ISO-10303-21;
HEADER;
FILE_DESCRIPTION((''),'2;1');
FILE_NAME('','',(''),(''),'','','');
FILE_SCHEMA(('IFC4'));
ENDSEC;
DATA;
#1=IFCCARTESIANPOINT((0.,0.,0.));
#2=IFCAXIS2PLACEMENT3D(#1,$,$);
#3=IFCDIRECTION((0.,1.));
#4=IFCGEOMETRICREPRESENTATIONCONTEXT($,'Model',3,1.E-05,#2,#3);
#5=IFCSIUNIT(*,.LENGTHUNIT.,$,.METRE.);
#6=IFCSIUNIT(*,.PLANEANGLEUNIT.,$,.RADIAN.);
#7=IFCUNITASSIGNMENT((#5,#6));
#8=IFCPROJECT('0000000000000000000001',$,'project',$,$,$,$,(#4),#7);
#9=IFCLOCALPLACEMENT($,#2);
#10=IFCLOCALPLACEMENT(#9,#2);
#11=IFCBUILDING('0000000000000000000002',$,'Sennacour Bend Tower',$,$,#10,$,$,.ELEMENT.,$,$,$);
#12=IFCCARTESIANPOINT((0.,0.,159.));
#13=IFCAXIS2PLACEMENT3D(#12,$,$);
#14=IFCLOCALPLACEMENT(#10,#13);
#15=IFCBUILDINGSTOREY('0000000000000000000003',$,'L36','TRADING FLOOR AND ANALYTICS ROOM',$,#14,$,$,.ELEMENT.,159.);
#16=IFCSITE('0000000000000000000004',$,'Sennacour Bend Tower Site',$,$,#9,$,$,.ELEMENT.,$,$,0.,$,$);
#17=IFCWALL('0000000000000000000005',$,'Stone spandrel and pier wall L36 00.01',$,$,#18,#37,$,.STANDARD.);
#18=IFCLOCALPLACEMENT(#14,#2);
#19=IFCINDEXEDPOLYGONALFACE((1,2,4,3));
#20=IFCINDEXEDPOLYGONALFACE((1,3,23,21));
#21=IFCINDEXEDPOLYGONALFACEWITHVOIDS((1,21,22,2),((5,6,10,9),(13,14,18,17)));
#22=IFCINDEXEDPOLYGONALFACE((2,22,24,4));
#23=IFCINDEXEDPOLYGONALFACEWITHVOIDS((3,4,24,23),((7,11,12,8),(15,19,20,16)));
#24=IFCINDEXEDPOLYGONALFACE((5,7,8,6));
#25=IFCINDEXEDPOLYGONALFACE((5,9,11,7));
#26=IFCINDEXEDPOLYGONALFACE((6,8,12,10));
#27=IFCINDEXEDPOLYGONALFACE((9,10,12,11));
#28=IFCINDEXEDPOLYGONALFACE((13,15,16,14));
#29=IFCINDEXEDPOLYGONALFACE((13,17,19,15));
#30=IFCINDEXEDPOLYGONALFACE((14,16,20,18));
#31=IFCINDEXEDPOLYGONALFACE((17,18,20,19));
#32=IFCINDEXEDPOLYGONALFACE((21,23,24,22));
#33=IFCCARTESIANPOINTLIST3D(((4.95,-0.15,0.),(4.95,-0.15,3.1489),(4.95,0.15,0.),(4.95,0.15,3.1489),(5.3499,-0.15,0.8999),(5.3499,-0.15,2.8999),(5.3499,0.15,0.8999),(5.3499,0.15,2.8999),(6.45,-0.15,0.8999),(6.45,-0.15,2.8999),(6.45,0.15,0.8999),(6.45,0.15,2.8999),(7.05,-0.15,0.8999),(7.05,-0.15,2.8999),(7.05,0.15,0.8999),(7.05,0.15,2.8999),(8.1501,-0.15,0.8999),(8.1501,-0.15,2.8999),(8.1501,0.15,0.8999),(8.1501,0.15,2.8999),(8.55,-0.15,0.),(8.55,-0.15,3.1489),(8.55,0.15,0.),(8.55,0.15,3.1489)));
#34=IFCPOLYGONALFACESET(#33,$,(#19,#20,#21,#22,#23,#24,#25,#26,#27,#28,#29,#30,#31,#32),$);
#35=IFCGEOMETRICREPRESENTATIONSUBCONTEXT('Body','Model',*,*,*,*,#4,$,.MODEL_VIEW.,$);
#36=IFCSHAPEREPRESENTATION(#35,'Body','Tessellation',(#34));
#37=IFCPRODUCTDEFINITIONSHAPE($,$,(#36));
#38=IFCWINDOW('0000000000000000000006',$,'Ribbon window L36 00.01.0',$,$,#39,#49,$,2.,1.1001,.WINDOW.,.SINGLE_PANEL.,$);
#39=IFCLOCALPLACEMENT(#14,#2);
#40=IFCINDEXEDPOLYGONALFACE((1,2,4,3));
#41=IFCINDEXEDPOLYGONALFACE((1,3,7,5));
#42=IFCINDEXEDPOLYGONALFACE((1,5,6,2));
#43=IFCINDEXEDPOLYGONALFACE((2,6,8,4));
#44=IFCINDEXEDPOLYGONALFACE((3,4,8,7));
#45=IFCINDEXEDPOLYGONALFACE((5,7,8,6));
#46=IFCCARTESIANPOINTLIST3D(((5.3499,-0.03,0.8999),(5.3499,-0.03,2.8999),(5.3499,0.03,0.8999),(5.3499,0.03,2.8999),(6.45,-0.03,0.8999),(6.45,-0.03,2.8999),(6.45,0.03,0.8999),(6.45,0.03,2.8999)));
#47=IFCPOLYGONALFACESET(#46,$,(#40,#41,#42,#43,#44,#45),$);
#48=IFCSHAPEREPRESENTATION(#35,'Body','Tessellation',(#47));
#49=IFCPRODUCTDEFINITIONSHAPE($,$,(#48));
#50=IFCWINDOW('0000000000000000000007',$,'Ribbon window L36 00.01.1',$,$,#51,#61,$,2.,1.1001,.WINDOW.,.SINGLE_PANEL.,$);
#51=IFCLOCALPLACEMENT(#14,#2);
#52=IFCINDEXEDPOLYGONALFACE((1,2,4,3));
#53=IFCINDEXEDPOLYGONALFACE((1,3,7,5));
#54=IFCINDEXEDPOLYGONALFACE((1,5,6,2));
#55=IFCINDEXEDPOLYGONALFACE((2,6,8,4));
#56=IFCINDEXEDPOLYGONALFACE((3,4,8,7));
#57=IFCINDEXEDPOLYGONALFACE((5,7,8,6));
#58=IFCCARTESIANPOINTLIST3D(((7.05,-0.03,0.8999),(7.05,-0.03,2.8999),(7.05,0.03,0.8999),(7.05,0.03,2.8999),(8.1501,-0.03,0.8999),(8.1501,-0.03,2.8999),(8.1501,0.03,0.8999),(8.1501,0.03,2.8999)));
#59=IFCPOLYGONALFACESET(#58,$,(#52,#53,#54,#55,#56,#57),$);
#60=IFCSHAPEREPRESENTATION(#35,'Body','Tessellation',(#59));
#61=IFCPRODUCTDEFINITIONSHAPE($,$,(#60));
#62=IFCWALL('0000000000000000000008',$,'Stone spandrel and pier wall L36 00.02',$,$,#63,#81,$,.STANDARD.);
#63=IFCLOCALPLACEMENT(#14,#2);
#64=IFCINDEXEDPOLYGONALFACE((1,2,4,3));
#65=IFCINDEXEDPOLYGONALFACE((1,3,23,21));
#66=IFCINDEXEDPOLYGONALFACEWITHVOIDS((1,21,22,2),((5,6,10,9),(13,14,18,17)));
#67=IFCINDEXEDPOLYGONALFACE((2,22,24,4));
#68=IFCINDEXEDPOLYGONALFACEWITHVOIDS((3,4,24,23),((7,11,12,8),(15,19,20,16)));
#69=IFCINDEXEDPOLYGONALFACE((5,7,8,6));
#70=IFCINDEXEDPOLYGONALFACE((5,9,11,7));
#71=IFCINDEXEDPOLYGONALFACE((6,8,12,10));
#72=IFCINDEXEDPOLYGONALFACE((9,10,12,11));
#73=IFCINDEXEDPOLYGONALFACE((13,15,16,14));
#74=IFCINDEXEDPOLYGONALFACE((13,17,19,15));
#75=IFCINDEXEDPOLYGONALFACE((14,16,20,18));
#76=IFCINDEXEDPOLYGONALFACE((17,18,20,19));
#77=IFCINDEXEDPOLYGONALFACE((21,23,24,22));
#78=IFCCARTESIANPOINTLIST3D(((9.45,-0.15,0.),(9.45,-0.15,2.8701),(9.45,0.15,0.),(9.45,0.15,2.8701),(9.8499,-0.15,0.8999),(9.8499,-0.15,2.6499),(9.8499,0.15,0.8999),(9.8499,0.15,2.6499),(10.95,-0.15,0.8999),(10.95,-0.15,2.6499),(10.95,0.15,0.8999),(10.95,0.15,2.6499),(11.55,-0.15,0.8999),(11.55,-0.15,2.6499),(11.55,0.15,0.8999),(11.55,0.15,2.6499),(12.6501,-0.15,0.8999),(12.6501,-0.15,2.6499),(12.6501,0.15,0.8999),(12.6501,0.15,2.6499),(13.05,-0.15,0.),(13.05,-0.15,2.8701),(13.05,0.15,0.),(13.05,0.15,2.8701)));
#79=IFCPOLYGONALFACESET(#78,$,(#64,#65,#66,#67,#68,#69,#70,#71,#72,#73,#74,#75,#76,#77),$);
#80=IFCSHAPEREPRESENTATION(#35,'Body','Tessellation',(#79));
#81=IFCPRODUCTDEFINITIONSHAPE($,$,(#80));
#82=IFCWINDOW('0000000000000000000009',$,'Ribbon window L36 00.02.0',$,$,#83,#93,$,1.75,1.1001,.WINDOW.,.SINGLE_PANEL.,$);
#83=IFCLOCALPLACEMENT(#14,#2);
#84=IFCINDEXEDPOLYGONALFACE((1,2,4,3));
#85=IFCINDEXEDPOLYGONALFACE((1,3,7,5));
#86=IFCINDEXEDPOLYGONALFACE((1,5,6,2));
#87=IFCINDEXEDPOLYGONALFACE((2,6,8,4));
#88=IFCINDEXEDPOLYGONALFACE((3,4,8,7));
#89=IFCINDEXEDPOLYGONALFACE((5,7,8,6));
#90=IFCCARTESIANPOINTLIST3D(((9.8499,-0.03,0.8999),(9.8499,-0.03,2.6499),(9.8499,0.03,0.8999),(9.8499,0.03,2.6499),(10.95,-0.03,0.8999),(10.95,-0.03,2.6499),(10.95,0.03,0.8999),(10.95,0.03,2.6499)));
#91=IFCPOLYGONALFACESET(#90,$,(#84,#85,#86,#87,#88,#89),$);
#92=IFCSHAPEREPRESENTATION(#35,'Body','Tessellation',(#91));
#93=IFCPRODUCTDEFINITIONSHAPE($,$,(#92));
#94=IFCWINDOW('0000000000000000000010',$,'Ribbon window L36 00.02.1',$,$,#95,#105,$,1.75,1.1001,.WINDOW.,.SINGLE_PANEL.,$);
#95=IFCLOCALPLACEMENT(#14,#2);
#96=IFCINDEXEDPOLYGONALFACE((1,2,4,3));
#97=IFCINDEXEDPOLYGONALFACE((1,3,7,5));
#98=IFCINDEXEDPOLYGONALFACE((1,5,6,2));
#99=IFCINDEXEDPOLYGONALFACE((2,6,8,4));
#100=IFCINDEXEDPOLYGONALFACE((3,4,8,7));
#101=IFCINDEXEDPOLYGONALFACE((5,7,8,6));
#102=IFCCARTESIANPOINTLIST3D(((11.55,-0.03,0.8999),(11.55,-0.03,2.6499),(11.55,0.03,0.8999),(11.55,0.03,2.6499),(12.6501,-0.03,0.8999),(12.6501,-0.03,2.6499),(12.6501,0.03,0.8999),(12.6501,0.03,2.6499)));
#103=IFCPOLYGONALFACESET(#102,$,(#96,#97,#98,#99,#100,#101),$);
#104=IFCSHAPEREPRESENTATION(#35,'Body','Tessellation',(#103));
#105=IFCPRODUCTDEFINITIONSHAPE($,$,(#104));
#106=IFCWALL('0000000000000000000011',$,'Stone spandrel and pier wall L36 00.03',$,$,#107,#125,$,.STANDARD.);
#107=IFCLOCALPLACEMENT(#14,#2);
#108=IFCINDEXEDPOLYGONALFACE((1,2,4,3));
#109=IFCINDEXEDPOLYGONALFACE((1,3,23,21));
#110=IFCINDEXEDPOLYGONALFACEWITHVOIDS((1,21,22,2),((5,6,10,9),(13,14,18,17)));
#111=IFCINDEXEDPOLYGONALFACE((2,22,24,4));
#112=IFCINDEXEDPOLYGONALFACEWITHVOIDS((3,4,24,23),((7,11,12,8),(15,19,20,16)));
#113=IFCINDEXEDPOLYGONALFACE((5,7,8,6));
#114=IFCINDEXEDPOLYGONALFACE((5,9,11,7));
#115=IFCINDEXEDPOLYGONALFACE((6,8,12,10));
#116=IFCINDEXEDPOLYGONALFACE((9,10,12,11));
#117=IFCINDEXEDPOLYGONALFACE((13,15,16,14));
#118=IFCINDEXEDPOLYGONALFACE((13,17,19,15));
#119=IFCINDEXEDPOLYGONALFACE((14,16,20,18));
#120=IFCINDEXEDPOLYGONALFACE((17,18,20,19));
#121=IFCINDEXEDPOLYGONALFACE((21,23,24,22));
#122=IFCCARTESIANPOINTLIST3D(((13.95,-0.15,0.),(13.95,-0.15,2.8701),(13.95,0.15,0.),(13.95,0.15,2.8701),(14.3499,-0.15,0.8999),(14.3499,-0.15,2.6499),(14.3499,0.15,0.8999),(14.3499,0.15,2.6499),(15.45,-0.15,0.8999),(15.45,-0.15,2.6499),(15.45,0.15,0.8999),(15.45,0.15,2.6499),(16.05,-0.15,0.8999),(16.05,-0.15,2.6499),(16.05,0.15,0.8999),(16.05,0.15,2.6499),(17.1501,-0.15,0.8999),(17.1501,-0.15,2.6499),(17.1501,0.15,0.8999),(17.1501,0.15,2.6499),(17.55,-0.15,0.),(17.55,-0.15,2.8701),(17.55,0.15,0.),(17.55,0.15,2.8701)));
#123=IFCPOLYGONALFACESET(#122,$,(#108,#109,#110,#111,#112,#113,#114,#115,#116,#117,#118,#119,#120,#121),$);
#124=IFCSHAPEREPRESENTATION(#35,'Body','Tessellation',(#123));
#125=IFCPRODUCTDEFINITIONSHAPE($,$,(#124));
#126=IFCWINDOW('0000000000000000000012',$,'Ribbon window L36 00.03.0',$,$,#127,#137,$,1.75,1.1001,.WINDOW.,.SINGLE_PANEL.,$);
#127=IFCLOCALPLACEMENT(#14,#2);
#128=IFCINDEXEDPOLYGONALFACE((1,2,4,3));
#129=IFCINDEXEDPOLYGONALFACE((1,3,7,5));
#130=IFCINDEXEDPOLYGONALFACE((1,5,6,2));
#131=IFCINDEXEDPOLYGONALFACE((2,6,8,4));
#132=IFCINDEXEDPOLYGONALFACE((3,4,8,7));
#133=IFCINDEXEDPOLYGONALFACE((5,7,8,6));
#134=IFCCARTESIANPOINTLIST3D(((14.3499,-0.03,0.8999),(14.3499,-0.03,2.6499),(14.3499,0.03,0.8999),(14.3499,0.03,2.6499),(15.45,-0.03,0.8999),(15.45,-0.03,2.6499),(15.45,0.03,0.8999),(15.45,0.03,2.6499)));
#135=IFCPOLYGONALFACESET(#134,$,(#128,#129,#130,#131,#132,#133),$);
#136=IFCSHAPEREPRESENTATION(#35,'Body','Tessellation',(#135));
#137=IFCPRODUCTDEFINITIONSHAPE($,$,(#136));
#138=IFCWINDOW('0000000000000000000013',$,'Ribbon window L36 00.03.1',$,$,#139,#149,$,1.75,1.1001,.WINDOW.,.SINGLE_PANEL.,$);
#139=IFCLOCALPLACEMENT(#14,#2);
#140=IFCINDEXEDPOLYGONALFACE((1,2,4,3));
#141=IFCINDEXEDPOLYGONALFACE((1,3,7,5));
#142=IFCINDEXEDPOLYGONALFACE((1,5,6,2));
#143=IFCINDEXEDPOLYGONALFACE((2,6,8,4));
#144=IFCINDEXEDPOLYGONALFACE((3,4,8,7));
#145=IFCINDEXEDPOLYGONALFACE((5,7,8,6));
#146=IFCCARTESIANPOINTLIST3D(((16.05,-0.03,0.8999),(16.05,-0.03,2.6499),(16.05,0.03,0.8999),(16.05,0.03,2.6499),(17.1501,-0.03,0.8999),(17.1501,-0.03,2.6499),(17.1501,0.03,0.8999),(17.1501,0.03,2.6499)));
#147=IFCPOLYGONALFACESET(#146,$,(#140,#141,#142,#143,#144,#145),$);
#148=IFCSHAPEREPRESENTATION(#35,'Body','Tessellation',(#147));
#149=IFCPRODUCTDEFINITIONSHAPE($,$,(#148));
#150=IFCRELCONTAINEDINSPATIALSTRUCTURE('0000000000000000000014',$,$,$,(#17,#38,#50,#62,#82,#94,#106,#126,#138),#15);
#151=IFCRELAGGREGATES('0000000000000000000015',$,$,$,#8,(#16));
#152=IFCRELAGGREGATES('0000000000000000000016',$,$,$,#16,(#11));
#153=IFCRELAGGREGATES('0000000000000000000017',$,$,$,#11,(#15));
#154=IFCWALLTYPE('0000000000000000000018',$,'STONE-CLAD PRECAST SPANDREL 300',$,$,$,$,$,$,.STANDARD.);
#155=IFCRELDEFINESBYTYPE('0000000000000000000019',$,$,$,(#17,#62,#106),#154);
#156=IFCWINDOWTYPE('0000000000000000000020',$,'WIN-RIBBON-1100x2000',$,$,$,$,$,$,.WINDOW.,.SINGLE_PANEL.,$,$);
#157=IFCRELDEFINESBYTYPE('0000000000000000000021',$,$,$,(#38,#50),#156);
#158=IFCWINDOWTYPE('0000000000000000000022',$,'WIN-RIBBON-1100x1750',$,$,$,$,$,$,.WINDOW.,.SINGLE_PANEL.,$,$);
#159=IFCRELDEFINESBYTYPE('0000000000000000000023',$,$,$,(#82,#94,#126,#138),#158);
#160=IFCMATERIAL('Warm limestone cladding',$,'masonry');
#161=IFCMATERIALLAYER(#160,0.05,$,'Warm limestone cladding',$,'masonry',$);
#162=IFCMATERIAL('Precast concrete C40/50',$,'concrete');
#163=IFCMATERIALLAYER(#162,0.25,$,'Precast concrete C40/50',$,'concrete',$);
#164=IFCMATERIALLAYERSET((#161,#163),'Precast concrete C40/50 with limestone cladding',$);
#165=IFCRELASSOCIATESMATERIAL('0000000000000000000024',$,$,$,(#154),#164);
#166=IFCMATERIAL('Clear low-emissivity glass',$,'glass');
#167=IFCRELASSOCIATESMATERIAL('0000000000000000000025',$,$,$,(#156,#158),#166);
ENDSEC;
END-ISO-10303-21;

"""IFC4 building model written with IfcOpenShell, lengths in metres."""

from ifc_helpers import new_model, si_unit, direction, frame, frame_2d, origin, place, context, subcontext, project, spatial, rectangle, extrude, material, layer, layer_set, type_object, element, fill, save


model = new_model("IFC4")

# Units and contexts
model_context = context("Model", 3, precision=1e-05, world=origin(), true_north=direction((0.0, 1.0)))
body_context = subcontext(model_context, "Body", "Model", "MODEL_VIEW")
ifc_project = project(units=[si_unit("LENGTHUNIT", "METRE"), si_unit("PLANEANGLEUNIT", "RADIAN")], contexts=[model_context])

# Site, building, storey
site_placement = place(None, origin())
site = spatial("IfcSite", under=ifc_project, at=site_placement, Name="Sennacour Bend Tower Site", CompositionType="ELEMENT", RefElevation=0.0)
building_placement = place(site_placement, origin())
building = spatial("IfcBuilding", under=site, at=building_placement, Name="Sennacour Bend Tower", CompositionType="ELEMENT")
storey_placement = place(building_placement, frame((0.0, 0.0, 159.0)))
storey = spatial("IfcBuildingStorey", under=building, at=storey_placement, Name="L36", Description="TRADING FLOOR AND ANALYTICS ROOM", CompositionType="ELEMENT", Elevation=159.0)

# Walls, openings, windows
ifc_material_1 = material(Name="Warm limestone cladding", Category="masonry")
ifc_layer_1 = layer(ifc_material_1, 0.05, Name="Warm limestone cladding", Category="masonry")
ifc_material_2 = material(Name="Precast concrete C40/50", Category="concrete")
ifc_layer_2 = layer(ifc_material_2, 0.25, Name="Precast concrete C40/50", Category="concrete")
ifc_layer_set_1 = layer_set([ifc_layer_1, ifc_layer_2], Name="Precast concrete C40/50 with limestone cladding")
wall_type_1 = type_object("IfcWallType", Name="STONE-CLAD PRECAST SPANDREL 300", PredefinedType="STANDARD", material=ifc_layer_set_1)
wall_1_placement = place(storey_placement, frame((4.95, 0.0, 0.0), z_axis=(0.0, 0.0, 1.0), x_axis=(1.0, 0.0, 0.0)))
wall_1 = element("IfcWall", 1, at=wall_1_placement, inside=storey, type_object=wall_type_1, Name="Stone spandrel and pier wall L36 00.01", PredefinedType="STANDARD", context=body_context, shape_type="SweptSolid", body=[
    extrude(rectangle(XDim=3.6001, YDim=0.3, at=frame_2d((1.8, 0.0))), origin(), (0.0, 0.0, 1.0), 3.1489),
])
opening_1_placement = place(wall_1_placement, frame((0.3999, 0.0, 0.8999)))
opening_1 = element("IfcOpeningElement", 2, at=opening_1_placement, cuts=wall_1, PredefinedType="OPENING", context=body_context, shape_type="SweptSolid", body=[
    extrude(rectangle(XDim=1.1001, YDim=2.0, at=frame_2d((0.55, 1.0))), frame((0.0, 0.1602, 0.0), z_axis=(0.0, -1.0, 0.0), x_axis=(1.0, 0.0, 0.0)), (0.0, 0.0, 1.0), 0.3201),
])
opening_2_placement = place(wall_1_placement, frame((2.1001, 0.0, 0.8999)))
opening_2 = element("IfcOpeningElement", 3, at=opening_2_placement, cuts=wall_1, PredefinedType="OPENING", context=body_context, shape_type="SweptSolid", body=[
    extrude(rectangle(XDim=1.1001, YDim=2.0, at=frame_2d((0.55, 1.0))), frame((0.0, 0.1602, 0.0), z_axis=(0.0, -1.0, 0.0), x_axis=(1.0, 0.0, 0.0)), (0.0, 0.0, 1.0), 0.3201),
])
ifc_material_3 = material(Name="Clear low-emissivity glass", Category="glass")
window_type_1 = type_object("IfcWindowType", Name="WIN-RIBBON-1100x2000", PartitioningType="SINGLE_PANEL", PredefinedType="WINDOW", material=ifc_material_3)
window_1_placement = place(opening_1_placement, origin())
window_1 = element("IfcWindow", 4, at=window_1_placement, inside=storey, type_object=window_type_1, Name="Ribbon window L36 00.01.0", OverallHeight=2.0, OverallWidth=1.1001, PartitioningType="SINGLE_PANEL", PredefinedType="WINDOW", context=body_context, shape_type="SweptSolid", body=[
    extrude(rectangle(XDim=1.1001, YDim=2.0, at=frame_2d((0.55, 1.0))), frame((0.0, 0.03, 0.0), z_axis=(0.0, -1.0, 0.0), x_axis=(1.0, 0.0, 0.0)), (0.0, 0.0, 1.0), 0.0601),
])
fill(opening_1, window_1)
window_2_placement = place(opening_2_placement, origin())
window_2 = element("IfcWindow", 5, at=window_2_placement, inside=storey, type_object=window_type_1, Name="Ribbon window L36 00.01.1", OverallHeight=2.0, OverallWidth=1.1001, PartitioningType="SINGLE_PANEL", PredefinedType="WINDOW", context=body_context, shape_type="SweptSolid", body=[
    extrude(rectangle(XDim=1.1001, YDim=2.0, at=frame_2d((0.55, 1.0))), frame((0.0, 0.03, 0.0), z_axis=(0.0, -1.0, 0.0), x_axis=(1.0, 0.0, 0.0)), (0.0, 0.0, 1.0), 0.0601),
])
fill(opening_2, window_2)
wall_2_placement = place(storey_placement, frame((9.45, 0.0, 0.0), z_axis=(0.0, 0.0, 1.0), x_axis=(1.0, 0.0, 0.0)))
wall_2 = element("IfcWall", 6, at=wall_2_placement, inside=storey, type_object=wall_type_1, Name="Stone spandrel and pier wall L36 00.02", PredefinedType="STANDARD", context=body_context, shape_type="SweptSolid", body=[
    extrude(rectangle(XDim=3.6001, YDim=0.3, at=frame_2d((1.8, 0.0))), origin(), (0.0, 0.0, 1.0), 2.8701),
])
opening_3_placement = place(wall_2_placement, frame((0.3999, 0.0, 0.8999)))
opening_3 = element("IfcOpeningElement", 7, at=opening_3_placement, cuts=wall_2, PredefinedType="OPENING", context=body_context, shape_type="SweptSolid", body=[
    extrude(rectangle(XDim=1.1001, YDim=1.75, at=frame_2d((0.55, 0.875))), frame((0.0, 0.1602, 0.0), z_axis=(0.0, -1.0, 0.0), x_axis=(1.0, 0.0, 0.0)), (0.0, 0.0, 1.0), 0.3201),
])
opening_4_placement = place(wall_2_placement, frame((2.1001, 0.0, 0.8999)))
opening_4 = element("IfcOpeningElement", 8, at=opening_4_placement, cuts=wall_2, PredefinedType="OPENING", context=body_context, shape_type="SweptSolid", body=[
    extrude(rectangle(XDim=1.1001, YDim=1.75, at=frame_2d((0.55, 0.875))), frame((0.0, 0.1602, 0.0), z_axis=(0.0, -1.0, 0.0), x_axis=(1.0, 0.0, 0.0)), (0.0, 0.0, 1.0), 0.3201),
])
window_type_2 = type_object("IfcWindowType", Name="WIN-RIBBON-1100x1750", PartitioningType="SINGLE_PANEL", PredefinedType="WINDOW", material=ifc_material_3)
window_3_placement = place(opening_3_placement, origin())
window_3 = element("IfcWindow", 9, at=window_3_placement, inside=storey, type_object=window_type_2, Name="Ribbon window L36 00.02.0", OverallHeight=1.75, OverallWidth=1.1001, PartitioningType="SINGLE_PANEL", PredefinedType="WINDOW", context=body_context, shape_type="SweptSolid", body=[
    extrude(rectangle(XDim=1.1001, YDim=1.75, at=frame_2d((0.55, 0.875))), frame((0.0, 0.03, 0.0), z_axis=(0.0, -1.0, 0.0), x_axis=(1.0, 0.0, 0.0)), (0.0, 0.0, 1.0), 0.0601),
])
fill(opening_3, window_3)
window_4_placement = place(opening_4_placement, origin())
window_4 = element("IfcWindow", 10, at=window_4_placement, inside=storey, type_object=window_type_2, Name="Ribbon window L36 00.02.1", OverallHeight=1.75, OverallWidth=1.1001, PartitioningType="SINGLE_PANEL", PredefinedType="WINDOW", context=body_context, shape_type="SweptSolid", body=[
    extrude(rectangle(XDim=1.1001, YDim=1.75, at=frame_2d((0.55, 0.875))), frame((0.0, 0.03, 0.0), z_axis=(0.0, -1.0, 0.0), x_axis=(1.0, 0.0, 0.0)), (0.0, 0.0, 1.0), 0.0601),
])
fill(opening_4, window_4)
wall_3_placement = place(storey_placement, frame((13.95, 0.0, 0.0), z_axis=(0.0, 0.0, 1.0), x_axis=(1.0, 0.0, 0.0)))
wall_3 = element("IfcWall", 11, at=wall_3_placement, inside=storey, type_object=wall_type_1, Name="Stone spandrel and pier wall L36 00.03", PredefinedType="STANDARD", context=body_context, shape_type="SweptSolid", body=[
    extrude(rectangle(XDim=3.6001, YDim=0.3, at=frame_2d((1.8, 0.0))), origin(), (0.0, 0.0, 1.0), 2.8701),
])
opening_5_placement = place(wall_3_placement, frame((0.3999, 0.0, 0.8999)))
opening_5 = element("IfcOpeningElement", 12, at=opening_5_placement, cuts=wall_3, PredefinedType="OPENING", context=body_context, shape_type="SweptSolid", body=[
    extrude(rectangle(XDim=1.1001, YDim=1.75, at=frame_2d((0.55, 0.875))), frame((0.0, 0.1602, 0.0), z_axis=(0.0, -1.0, 0.0), x_axis=(1.0, 0.0, 0.0)), (0.0, 0.0, 1.0), 0.3201),
])
opening_6_placement = place(wall_3_placement, frame((2.1001, 0.0, 0.8999)))
opening_6 = element("IfcOpeningElement", 13, at=opening_6_placement, cuts=wall_3, PredefinedType="OPENING", context=body_context, shape_type="SweptSolid", body=[
    extrude(rectangle(XDim=1.1001, YDim=1.75, at=frame_2d((0.55, 0.875))), frame((0.0, 0.1602, 0.0), z_axis=(0.0, -1.0, 0.0), x_axis=(1.0, 0.0, 0.0)), (0.0, 0.0, 1.0), 0.3201),
])
window_5_placement = place(opening_5_placement, origin())
window_5 = element("IfcWindow", 14, at=window_5_placement, inside=storey, type_object=window_type_2, Name="Ribbon window L36 00.03.0", OverallHeight=1.75, OverallWidth=1.1001, PartitioningType="SINGLE_PANEL", PredefinedType="WINDOW", context=body_context, shape_type="SweptSolid", body=[
    extrude(rectangle(XDim=1.1001, YDim=1.75, at=frame_2d((0.55, 0.875))), frame((0.0, 0.03, 0.0), z_axis=(0.0, -1.0, 0.0), x_axis=(1.0, 0.0, 0.0)), (0.0, 0.0, 1.0), 0.0601),
])
fill(opening_5, window_5)
window_6_placement = place(opening_6_placement, origin())
window_6 = element("IfcWindow", 15, at=window_6_placement, inside=storey, type_object=window_type_2, Name="Ribbon window L36 00.03.1", OverallHeight=1.75, OverallWidth=1.1001, PartitioningType="SINGLE_PANEL", PredefinedType="WINDOW", context=body_context, shape_type="SweptSolid", body=[
    extrude(rectangle(XDim=1.1001, YDim=1.75, at=frame_2d((0.55, 0.875))), frame((0.0, 0.03, 0.0), z_axis=(0.0, -1.0, 0.0), x_axis=(1.0, 0.0, 0.0)), (0.0, 0.0, 1.0), 0.0601),
])
fill(opening_6, window_6)

save(model, "model.ifc")
